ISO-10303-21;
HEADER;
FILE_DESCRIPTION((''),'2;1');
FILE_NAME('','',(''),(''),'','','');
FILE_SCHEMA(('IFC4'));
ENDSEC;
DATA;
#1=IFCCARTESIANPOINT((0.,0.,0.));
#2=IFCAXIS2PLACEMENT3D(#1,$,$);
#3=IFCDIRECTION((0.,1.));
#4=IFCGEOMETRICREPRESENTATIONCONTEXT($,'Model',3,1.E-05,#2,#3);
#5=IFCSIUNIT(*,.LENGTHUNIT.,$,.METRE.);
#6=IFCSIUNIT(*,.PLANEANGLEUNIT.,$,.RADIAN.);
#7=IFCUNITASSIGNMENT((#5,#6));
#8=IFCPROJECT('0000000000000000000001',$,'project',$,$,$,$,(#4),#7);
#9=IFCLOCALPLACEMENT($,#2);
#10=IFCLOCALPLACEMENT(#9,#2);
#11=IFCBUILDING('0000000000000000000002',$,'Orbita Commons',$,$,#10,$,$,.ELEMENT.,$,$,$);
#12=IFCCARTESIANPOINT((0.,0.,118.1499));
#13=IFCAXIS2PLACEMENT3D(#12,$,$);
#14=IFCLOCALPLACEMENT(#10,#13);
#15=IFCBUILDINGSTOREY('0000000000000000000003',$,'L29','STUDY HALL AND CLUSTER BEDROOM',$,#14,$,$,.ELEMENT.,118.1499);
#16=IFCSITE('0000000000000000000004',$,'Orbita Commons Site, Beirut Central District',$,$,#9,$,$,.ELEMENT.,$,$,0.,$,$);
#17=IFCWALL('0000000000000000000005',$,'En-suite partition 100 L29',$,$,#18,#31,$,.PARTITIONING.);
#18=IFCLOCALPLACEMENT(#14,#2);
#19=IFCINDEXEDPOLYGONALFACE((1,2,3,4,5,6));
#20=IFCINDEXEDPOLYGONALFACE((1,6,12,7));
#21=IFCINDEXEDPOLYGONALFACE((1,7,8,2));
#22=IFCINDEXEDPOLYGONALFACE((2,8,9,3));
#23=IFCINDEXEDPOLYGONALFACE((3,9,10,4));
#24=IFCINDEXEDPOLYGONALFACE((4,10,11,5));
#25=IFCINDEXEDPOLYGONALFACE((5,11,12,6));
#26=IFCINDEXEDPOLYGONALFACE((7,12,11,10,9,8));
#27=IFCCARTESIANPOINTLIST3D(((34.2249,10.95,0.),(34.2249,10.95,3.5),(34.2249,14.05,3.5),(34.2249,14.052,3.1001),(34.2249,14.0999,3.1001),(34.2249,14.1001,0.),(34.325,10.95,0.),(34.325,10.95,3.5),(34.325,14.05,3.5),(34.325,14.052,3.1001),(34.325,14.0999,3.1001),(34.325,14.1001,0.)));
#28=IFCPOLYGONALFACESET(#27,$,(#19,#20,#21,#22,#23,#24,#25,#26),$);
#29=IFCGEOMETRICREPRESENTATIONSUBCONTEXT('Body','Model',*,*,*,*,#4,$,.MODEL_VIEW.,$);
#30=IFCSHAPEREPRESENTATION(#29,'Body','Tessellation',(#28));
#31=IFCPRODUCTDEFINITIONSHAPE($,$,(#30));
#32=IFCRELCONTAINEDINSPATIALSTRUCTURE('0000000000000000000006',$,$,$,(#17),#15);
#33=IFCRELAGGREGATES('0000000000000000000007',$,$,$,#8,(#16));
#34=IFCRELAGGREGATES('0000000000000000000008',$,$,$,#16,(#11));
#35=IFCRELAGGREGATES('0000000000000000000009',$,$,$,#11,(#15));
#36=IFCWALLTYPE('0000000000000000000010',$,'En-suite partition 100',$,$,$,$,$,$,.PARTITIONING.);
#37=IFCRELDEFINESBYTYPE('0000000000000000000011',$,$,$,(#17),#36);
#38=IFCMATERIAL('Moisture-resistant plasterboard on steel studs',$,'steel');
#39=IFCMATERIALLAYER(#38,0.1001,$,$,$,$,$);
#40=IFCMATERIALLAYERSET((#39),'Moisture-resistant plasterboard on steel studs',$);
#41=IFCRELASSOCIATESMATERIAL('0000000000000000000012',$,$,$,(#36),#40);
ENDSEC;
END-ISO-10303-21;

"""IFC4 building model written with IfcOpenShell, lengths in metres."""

from ifc_helpers import new_model, si_unit, direction, frame, origin, place, context, subcontext, project, spatial, polyline, outline, extrude, material, layer, layer_set, type_object, element, save


model = new_model("IFC4")

# Units and contexts
model_context = context("Model", 3, precision=1e-05, world=origin(), true_north=direction((0.0, 1.0)))
body_context = subcontext(model_context, "Body", "Model", "MODEL_VIEW")
ifc_project = project(units=[si_unit("LENGTHUNIT", "METRE"), si_unit("PLANEANGLEUNIT", "RADIAN")], contexts=[model_context])

# Site, building, storey
site_placement = place(None, origin())
site = spatial("IfcSite", under=ifc_project, at=site_placement, Name="Orbita Commons Site, Beirut Central District", CompositionType="ELEMENT", RefElevation=0.0)
building_placement = place(site_placement, origin())
building = spatial("IfcBuilding", under=site, at=building_placement, Name="Orbita Commons", CompositionType="ELEMENT")
storey_placement = place(building_placement, frame((0.0, 0.0, 118.1499)))
storey = spatial("IfcBuildingStorey", under=building, at=storey_placement, Name="L29", Description="STUDY HALL AND CLUSTER BEDROOM", CompositionType="ELEMENT", Elevation=118.1499)

# Shared definitions
ifc_material_1 = material(Name="Moisture-resistant plasterboard on steel studs", Category="steel")
ifc_layer_1 = layer(ifc_material_1, 0.1001)
ifc_layer_set_1 = layer_set([ifc_layer_1], Name="Moisture-resistant plasterboard on steel studs")
wall_type_1 = type_object("IfcWallType", Name="En-suite partition 100", PredefinedType="PARTITIONING", material=ifc_layer_set_1)

# Wall
wall_1_placement = place(storey_placement, frame((34.2749, 10.95, 0.0), z_axis=(0.0, 0.0, 1.0), x_axis=(0.0, 1.0, 0.0)))
element("IfcWall", 1, at=wall_1_placement, inside=storey, type_object=wall_type_1, Name="En-suite partition 100 L29", PredefinedType="PARTITIONING", context=body_context, shape_type="SweptSolid", body=[
    extrude(outline(polyline([(0.0, 0.0), (3.1501, 0.0), (3.1499, 3.1001), (3.1021, 3.1001), (3.1001, 3.5), (0.0, 3.5), (0.0, 0.0)])), frame((0.0, 0.05, 0.0), z_axis=(0.0, -1.0, 0.0), x_axis=(1.0, 0.0, 0.0)), (0.0, 0.0, 1.0), 0.1001),
])

save(model, "model.ifc")
